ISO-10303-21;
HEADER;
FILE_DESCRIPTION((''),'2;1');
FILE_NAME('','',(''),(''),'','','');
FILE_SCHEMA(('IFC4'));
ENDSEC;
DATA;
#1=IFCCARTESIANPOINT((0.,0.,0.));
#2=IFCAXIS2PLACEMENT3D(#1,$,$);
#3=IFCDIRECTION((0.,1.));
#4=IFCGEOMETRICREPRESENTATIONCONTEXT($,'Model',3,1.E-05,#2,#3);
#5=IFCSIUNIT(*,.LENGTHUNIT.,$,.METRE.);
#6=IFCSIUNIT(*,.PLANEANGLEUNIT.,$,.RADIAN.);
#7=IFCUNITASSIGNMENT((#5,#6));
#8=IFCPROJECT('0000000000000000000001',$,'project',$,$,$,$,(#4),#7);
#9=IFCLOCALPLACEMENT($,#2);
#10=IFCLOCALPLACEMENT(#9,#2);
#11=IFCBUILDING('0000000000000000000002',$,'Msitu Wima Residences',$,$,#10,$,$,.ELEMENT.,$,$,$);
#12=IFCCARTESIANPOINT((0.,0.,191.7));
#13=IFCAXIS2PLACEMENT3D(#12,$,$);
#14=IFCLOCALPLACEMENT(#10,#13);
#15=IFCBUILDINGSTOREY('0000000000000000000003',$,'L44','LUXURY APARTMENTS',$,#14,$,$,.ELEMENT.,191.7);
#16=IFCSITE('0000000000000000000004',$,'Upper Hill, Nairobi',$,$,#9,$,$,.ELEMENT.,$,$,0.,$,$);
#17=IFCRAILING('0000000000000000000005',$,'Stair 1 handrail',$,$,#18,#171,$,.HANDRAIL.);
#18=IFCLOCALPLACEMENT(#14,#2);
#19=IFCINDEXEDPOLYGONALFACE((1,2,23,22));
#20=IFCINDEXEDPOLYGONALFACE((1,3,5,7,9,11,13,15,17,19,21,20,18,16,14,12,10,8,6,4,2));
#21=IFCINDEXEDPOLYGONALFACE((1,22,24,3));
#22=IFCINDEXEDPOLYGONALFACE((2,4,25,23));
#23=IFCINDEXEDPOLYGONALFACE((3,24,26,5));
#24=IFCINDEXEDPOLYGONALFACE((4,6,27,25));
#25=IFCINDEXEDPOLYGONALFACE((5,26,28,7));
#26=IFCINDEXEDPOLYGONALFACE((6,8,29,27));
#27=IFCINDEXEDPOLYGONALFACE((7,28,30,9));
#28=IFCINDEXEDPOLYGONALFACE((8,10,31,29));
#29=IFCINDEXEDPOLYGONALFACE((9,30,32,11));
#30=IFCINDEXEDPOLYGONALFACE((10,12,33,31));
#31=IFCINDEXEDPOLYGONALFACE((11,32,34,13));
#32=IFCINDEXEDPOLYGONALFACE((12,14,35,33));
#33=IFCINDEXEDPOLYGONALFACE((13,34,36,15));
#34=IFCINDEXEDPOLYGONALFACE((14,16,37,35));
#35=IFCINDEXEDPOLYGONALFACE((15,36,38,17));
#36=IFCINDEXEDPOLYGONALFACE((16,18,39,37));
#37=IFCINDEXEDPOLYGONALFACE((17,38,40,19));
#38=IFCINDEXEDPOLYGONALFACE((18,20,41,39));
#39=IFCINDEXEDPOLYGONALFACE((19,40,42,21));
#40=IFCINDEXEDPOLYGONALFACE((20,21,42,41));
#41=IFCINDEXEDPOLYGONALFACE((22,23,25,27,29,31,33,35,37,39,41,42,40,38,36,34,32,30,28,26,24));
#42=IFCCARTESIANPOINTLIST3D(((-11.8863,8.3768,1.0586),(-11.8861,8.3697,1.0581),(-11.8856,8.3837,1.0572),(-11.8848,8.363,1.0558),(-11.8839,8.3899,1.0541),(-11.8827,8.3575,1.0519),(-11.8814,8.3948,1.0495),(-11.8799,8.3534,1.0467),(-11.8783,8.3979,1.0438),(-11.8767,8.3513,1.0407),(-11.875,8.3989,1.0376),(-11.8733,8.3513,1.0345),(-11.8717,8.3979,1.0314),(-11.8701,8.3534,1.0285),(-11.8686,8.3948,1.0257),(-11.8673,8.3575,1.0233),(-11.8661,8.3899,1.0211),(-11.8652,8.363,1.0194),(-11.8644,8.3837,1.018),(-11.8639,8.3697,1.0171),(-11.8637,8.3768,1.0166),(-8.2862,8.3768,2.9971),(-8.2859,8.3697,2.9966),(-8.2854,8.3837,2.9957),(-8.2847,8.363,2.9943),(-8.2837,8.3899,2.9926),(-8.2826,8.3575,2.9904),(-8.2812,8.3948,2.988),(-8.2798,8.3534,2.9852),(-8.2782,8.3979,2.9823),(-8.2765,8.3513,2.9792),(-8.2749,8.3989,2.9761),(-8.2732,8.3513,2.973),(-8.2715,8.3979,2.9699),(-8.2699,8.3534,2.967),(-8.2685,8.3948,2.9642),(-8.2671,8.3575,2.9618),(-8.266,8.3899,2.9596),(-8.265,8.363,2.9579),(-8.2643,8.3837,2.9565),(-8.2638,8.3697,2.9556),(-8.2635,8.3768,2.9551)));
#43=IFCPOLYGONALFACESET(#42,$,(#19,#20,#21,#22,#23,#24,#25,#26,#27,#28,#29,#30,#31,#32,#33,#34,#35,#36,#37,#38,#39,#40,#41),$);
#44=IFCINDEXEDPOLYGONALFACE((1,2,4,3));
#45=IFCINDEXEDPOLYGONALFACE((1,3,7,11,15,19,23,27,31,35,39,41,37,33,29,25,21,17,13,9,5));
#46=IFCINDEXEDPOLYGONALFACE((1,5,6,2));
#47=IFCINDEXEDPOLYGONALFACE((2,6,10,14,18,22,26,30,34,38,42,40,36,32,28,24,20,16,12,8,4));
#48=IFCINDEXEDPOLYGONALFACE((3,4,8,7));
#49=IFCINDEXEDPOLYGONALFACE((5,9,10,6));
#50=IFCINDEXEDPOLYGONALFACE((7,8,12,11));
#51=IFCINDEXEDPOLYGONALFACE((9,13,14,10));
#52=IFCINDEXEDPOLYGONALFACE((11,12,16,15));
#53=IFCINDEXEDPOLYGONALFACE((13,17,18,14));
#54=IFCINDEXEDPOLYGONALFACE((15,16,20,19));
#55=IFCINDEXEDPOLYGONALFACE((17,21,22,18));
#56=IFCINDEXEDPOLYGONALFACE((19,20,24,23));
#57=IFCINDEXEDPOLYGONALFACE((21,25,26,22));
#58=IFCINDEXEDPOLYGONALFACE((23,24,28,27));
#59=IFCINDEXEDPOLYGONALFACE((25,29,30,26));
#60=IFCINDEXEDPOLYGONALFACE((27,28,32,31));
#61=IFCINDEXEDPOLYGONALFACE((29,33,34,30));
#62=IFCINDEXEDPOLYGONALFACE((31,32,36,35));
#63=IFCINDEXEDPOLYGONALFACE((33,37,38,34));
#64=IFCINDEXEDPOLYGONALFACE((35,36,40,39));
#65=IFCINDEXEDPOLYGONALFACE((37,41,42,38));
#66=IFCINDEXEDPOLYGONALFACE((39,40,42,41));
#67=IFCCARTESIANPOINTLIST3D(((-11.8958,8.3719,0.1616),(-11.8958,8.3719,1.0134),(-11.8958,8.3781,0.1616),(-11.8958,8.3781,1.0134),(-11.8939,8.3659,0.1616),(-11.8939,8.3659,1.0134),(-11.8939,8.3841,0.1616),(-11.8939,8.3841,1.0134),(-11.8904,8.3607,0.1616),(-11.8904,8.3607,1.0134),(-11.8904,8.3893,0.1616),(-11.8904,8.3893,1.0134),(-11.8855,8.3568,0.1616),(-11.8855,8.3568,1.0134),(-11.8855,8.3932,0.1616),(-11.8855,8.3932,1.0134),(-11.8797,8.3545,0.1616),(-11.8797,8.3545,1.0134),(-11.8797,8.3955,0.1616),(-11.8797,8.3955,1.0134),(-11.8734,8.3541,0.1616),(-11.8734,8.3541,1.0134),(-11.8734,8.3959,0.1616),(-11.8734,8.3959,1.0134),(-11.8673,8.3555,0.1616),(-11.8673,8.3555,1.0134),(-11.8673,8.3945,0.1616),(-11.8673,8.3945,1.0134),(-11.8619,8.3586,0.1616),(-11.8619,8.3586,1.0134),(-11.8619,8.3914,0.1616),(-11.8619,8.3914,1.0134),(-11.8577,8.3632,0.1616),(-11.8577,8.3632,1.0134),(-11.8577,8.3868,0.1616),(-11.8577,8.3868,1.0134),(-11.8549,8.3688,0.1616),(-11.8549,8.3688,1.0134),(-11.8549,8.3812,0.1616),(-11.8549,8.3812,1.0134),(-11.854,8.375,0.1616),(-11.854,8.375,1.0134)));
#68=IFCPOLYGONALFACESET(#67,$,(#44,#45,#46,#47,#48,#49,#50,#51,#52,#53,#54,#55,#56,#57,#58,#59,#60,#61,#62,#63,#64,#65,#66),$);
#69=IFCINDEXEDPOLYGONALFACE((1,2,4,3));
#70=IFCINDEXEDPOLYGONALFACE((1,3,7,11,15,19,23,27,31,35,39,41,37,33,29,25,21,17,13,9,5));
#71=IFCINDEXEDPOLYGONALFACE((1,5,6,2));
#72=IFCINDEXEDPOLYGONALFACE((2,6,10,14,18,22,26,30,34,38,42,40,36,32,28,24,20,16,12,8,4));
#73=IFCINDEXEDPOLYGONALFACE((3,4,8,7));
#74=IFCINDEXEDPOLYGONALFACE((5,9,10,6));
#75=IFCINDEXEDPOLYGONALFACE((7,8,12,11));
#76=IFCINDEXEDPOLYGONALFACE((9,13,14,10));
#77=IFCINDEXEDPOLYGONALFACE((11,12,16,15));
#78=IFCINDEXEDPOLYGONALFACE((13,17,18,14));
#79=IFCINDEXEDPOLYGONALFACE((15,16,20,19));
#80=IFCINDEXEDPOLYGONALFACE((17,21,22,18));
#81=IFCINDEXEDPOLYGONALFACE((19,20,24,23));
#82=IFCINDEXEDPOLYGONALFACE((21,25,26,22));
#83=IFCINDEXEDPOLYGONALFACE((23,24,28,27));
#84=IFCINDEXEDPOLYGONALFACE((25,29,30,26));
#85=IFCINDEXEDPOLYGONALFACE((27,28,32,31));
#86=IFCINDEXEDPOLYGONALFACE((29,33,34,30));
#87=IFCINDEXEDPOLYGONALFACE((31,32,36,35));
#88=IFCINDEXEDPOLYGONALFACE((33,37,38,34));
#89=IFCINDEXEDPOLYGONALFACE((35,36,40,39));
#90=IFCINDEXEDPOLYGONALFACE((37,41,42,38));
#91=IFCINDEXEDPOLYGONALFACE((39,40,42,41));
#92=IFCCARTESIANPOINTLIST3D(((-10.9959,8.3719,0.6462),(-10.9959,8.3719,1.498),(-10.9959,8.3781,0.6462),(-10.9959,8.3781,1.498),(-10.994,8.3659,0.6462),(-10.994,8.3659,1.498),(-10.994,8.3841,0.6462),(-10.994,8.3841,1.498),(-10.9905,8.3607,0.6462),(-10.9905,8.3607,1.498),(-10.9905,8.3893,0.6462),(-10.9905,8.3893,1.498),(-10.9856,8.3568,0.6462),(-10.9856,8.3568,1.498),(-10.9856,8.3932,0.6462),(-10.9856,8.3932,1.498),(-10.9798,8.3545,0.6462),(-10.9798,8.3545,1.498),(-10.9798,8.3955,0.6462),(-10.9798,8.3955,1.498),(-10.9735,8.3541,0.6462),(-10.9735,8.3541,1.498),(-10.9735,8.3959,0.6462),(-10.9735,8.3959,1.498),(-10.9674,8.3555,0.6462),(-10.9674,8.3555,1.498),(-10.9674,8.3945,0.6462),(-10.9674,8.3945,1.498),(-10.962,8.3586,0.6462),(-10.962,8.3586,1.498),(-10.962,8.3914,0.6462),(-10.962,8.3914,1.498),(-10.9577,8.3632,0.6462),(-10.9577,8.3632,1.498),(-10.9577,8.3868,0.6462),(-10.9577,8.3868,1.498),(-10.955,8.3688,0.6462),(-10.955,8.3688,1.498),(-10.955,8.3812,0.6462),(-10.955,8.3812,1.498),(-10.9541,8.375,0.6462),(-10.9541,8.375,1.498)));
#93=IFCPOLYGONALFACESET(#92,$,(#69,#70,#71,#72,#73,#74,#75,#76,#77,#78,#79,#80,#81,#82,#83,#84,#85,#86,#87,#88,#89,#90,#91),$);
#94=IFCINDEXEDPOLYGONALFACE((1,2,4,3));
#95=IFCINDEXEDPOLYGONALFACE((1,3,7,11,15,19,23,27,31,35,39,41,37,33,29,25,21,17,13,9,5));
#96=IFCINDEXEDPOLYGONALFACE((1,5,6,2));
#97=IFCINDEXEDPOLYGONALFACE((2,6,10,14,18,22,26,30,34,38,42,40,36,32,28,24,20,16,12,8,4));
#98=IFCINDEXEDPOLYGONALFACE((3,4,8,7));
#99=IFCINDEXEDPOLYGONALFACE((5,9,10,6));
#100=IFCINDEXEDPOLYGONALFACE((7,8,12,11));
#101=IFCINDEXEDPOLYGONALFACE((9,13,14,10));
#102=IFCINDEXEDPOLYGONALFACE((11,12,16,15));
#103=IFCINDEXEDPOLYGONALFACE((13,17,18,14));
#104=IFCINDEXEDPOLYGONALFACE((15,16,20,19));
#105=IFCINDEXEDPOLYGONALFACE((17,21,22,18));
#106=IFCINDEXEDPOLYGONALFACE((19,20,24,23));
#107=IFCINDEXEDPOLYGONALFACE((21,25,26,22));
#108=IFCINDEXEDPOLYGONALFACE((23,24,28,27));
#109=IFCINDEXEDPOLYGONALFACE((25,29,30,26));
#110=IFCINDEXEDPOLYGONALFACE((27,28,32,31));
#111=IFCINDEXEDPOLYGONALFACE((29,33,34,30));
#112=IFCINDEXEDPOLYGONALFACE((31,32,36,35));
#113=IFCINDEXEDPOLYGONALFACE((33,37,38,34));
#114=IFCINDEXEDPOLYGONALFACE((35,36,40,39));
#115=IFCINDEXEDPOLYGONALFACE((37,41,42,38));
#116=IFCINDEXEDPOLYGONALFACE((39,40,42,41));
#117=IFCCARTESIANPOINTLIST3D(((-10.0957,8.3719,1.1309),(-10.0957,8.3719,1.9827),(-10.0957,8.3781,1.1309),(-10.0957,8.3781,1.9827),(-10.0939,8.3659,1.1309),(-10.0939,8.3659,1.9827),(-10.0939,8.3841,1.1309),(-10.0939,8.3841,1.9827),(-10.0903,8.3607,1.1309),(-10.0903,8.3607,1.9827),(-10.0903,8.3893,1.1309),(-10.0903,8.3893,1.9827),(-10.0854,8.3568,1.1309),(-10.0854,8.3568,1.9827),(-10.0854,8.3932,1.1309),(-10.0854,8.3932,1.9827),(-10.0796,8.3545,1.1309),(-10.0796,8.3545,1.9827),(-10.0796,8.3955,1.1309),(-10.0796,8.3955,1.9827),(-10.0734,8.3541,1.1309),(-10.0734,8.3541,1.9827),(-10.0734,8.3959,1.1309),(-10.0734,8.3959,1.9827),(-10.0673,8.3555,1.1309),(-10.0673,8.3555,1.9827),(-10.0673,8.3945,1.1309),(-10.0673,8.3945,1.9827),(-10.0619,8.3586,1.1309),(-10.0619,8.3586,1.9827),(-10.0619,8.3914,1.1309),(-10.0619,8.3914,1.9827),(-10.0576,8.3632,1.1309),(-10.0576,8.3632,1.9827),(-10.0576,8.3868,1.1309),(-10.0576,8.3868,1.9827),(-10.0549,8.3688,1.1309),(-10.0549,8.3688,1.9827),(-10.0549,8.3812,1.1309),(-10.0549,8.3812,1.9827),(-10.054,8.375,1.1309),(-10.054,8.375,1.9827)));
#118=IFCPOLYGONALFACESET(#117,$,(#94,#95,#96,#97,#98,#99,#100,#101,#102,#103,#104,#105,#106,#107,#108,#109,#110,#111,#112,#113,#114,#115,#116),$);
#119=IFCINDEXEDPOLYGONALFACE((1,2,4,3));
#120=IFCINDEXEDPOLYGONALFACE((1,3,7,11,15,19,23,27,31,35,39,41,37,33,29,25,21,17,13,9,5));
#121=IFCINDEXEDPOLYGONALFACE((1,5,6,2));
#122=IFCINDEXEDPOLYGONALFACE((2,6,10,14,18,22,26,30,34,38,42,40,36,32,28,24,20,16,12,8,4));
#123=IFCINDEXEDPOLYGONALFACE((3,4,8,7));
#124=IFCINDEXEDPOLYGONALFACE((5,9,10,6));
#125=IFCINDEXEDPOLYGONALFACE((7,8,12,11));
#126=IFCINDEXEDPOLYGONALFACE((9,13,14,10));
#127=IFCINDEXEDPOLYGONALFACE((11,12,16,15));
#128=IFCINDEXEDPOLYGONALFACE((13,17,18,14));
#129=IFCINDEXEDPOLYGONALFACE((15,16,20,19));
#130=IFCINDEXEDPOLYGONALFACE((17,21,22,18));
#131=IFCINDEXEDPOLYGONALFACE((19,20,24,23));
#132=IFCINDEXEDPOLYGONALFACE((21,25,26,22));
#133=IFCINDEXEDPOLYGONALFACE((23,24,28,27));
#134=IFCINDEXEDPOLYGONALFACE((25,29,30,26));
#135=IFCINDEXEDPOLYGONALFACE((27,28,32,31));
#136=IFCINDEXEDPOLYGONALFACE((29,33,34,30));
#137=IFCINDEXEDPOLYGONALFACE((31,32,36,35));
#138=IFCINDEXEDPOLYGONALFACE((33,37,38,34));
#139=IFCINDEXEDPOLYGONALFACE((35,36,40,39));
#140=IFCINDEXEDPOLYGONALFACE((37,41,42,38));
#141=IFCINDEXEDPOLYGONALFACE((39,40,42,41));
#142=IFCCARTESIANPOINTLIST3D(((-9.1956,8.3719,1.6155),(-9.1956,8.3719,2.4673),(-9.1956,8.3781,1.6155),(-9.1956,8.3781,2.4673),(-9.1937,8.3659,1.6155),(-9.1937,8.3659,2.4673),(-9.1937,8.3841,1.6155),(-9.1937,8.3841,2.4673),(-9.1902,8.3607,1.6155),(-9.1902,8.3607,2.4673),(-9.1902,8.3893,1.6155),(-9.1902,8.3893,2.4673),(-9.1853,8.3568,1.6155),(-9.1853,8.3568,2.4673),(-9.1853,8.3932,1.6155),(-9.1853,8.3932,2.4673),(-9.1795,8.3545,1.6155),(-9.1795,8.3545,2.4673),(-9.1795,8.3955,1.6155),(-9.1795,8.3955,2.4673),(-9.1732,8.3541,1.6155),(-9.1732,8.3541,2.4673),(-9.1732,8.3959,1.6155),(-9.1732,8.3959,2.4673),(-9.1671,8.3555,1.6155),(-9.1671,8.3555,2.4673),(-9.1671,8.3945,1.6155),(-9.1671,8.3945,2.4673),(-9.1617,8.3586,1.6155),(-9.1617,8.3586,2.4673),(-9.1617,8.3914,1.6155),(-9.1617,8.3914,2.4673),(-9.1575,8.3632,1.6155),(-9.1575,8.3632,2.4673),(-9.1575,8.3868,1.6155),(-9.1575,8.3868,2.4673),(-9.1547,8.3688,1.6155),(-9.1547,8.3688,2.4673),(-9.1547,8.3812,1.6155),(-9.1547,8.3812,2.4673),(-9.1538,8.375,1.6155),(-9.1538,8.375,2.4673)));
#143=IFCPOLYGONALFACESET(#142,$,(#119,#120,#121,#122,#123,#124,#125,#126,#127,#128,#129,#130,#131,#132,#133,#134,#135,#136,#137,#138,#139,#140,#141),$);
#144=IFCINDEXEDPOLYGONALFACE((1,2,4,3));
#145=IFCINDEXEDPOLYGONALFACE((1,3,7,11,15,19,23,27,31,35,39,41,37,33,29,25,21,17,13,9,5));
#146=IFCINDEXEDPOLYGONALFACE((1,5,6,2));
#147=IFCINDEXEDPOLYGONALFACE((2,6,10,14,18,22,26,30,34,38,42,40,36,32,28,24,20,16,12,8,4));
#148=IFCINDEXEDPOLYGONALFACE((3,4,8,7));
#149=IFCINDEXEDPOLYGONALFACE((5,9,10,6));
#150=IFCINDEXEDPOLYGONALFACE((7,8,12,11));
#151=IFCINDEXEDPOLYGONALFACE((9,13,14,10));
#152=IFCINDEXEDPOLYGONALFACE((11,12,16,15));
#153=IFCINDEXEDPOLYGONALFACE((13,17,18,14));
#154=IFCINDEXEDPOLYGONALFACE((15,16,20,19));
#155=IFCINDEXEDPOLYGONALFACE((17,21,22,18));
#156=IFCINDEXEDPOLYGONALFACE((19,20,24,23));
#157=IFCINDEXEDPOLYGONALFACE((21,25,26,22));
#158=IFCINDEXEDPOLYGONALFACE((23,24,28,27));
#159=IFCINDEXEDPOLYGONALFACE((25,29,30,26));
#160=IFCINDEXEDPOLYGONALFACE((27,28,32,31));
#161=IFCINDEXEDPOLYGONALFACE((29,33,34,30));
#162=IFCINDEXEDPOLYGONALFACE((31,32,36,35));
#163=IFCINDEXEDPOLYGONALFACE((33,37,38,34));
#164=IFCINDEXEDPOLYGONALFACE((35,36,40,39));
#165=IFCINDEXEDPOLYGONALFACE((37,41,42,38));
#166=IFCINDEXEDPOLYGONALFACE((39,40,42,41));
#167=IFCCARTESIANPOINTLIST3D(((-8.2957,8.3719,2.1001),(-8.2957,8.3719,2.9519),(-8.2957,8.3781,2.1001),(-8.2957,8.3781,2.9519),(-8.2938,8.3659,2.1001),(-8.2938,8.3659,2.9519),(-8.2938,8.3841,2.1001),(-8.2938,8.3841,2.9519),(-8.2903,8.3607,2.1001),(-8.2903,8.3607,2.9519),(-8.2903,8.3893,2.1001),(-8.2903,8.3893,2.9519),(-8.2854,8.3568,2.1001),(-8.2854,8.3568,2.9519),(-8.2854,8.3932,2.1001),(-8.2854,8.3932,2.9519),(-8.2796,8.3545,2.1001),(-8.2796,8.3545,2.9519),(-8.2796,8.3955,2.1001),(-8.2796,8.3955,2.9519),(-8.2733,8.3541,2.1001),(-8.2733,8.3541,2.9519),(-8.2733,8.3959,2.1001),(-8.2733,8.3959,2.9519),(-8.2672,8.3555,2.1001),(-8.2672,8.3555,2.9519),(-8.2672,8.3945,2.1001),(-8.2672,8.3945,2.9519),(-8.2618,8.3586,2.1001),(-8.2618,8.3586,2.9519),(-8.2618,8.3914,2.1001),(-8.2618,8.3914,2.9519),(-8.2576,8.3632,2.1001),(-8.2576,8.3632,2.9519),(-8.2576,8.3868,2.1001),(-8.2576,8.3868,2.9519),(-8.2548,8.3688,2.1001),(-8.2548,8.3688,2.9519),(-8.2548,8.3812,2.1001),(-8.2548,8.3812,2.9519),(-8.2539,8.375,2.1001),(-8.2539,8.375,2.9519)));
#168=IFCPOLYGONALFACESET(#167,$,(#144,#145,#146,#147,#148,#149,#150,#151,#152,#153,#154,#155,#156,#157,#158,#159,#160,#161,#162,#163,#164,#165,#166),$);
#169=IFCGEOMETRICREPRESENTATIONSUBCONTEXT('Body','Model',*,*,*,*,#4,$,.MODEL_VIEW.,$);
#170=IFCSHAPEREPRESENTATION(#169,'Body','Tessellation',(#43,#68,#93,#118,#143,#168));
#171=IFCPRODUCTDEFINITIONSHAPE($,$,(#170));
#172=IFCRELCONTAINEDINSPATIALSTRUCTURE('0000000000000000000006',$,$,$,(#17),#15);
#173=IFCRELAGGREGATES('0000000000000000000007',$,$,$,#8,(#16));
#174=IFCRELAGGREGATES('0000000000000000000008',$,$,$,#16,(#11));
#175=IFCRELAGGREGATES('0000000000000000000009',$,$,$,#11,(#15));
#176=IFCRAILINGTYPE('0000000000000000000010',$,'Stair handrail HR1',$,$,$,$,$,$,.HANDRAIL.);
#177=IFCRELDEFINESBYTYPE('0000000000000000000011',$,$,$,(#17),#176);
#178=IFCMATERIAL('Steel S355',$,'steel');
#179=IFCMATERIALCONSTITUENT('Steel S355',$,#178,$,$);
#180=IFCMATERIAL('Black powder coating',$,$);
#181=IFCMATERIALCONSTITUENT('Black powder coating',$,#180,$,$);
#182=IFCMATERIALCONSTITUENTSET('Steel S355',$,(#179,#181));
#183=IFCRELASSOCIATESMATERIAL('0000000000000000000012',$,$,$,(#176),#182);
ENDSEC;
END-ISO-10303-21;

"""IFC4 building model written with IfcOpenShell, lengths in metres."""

from ifc_helpers import new_model, si_unit, direction, frame, origin, origin_2d, place, context, subcontext, project, spatial, circle, extrude, material, constituent, constituent_set, type_object, element, save


model = new_model("IFC4")

# Units and contexts
model_context = context("Model", 3, precision=1e-05, world=origin(), true_north=direction((0.0, 1.0)))
body_context = subcontext(model_context, "Body", "Model", "MODEL_VIEW")
ifc_project = project(units=[si_unit("LENGTHUNIT", "METRE"), si_unit("PLANEANGLEUNIT", "RADIAN")], contexts=[model_context])

# Site, building, storey
site_placement = place(None, origin())
site = spatial("IfcSite", under=ifc_project, at=site_placement, Name="Upper Hill, Nairobi", CompositionType="ELEMENT", RefElevation=0.0)
building_placement = place(site_placement, origin())
building = spatial("IfcBuilding", under=site, at=building_placement, Name="Msitu Wima Residences", CompositionType="ELEMENT")
storey_placement = place(building_placement, frame((0.0, 0.0, 191.7)))
storey = spatial("IfcBuildingStorey", under=building, at=storey_placement, Name="L44", Description="LUXURY APARTMENTS", CompositionType="ELEMENT", Elevation=191.7)

# Railing
ifc_material_1 = material(Name="Steel S355", Category="steel")
ifc_constituent_1 = constituent(ifc_material_1, Name="Steel S355")
ifc_material_2 = material(Name="Black powder coating")
ifc_constituent_2 = constituent(ifc_material_2, Name="Black powder coating")
ifc_constituent_set = constituent_set(constituents=[ifc_constituent_1, ifc_constituent_2], Name="Steel S355")
railing_type = type_object("IfcRailingType", Name="Stair handrail HR1", PredefinedType="HANDRAIL", material=ifc_constituent_set)
for number, where, name in (
    (1, (-11.875, 8.375, 0.1616), "Stair 1 handrail"),
):
    element("IfcRailing", number, at=place(storey_placement, frame(where)), inside=storey, type_object=railing_type, Name=name, PredefinedType="HANDRAIL", context=body_context, shape_type="SweptSolid", body=[
        extrude(circle(Radius=0.0239, at=origin_2d()), frame((0.0, 0.0, 0.876), z_axis=(0.880475, 0.0, 0.474093), x_axis=(0.0, 1.0, 0.0)), (0.0, 0.0, 1.0), 4.0889),
        extrude(circle(Radius=0.021, at=origin_2d()), origin(), (0.0, 0.0, 1.0), 0.8518),
        extrude(circle(Radius=0.021, at=origin_2d()), frame((0.8999, 0.0, 0.4846)), (0.0, 0.0, 1.0), 0.8518),
        extrude(circle(Radius=0.021, at=origin_2d()), frame((1.8, 0.0, 0.9692)), (0.0, 0.0, 1.0), 0.8518),
        extrude(circle(Radius=0.021, at=origin_2d()), frame((2.7002, 0.0, 1.4539)), (0.0, 0.0, 1.0), 0.8518),
        extrude(circle(Radius=0.021, at=origin_2d()), frame((3.6001, 0.0, 1.9385)), (0.0, 0.0, 1.0), 0.8518),
    ])

save(model, "model.ifc")
